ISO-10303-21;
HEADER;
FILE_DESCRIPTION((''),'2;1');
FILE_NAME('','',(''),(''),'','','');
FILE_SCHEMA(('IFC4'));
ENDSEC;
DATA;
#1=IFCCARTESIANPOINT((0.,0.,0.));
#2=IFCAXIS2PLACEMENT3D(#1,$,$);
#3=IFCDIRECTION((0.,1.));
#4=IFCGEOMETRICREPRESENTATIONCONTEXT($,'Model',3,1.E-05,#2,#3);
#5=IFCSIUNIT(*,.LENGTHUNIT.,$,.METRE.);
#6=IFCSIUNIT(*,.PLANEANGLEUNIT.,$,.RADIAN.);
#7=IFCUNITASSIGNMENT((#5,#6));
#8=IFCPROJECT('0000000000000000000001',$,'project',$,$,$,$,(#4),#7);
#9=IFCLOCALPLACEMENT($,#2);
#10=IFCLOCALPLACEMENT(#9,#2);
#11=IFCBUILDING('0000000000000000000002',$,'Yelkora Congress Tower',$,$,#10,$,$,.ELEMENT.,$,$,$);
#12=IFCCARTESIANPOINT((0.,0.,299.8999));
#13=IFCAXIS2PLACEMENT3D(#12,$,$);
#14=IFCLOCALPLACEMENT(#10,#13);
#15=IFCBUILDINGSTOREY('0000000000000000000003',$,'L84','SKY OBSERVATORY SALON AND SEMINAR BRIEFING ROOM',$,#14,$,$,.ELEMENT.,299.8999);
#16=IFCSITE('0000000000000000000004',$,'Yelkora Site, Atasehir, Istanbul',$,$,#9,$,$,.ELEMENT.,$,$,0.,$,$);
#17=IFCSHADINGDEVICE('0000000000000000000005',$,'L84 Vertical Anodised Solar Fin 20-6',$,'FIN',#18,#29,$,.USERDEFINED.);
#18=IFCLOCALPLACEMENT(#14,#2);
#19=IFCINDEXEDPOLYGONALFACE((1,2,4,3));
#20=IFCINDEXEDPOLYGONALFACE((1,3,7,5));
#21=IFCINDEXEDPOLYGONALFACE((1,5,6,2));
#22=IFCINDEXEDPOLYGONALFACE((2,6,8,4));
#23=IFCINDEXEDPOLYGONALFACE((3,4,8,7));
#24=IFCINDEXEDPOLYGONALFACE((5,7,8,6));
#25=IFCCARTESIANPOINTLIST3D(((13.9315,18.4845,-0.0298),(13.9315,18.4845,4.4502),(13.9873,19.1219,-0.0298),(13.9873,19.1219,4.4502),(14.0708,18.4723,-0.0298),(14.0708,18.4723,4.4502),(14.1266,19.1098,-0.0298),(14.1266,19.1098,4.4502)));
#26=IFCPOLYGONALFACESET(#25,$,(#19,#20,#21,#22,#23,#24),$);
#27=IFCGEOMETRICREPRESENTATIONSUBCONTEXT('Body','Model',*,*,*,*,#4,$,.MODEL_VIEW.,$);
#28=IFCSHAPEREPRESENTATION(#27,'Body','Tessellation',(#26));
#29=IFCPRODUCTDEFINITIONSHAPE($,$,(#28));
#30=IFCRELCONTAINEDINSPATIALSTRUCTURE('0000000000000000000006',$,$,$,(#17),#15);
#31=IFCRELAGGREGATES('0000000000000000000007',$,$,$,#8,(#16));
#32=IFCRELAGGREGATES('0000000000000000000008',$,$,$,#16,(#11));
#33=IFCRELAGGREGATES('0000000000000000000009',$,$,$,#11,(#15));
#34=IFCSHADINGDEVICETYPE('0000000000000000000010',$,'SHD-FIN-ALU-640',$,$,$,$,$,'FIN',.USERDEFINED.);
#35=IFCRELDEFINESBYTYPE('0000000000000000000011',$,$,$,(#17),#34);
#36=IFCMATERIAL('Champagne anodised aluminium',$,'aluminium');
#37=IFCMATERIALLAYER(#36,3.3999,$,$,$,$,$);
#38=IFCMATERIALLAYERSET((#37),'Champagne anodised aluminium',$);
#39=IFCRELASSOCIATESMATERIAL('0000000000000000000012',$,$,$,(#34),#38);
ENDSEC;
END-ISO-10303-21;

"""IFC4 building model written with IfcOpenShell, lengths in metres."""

from ifc_helpers import new_model, si_unit, direction, frame, origin, origin_2d, place, context, subcontext, project, spatial, rectangle, extrude, material, layer, layer_set, type_object, element, save


model = new_model("IFC4")

# Units and contexts
model_context = context("Model", 3, precision=1e-05, world=origin(), true_north=direction((0.0, 1.0)))
body_context = subcontext(model_context, "Body", "Model", "MODEL_VIEW")
ifc_project = project(units=[si_unit("LENGTHUNIT", "METRE"), si_unit("PLANEANGLEUNIT", "RADIAN")], contexts=[model_context])

# Site, building, storey
site_placement = place(None, origin())
site = spatial("IfcSite", under=ifc_project, at=site_placement, Name="Yelkora Site, Atasehir, Istanbul", CompositionType="ELEMENT", RefElevation=0.0)
building_placement = place(site_placement, origin())
building = spatial("IfcBuilding", under=site, at=building_placement, Name="Yelkora Congress Tower", CompositionType="ELEMENT")
storey_placement = place(building_placement, frame((0.0, 0.0, 299.8999)))
storey = spatial("IfcBuildingStorey", under=building, at=storey_placement, Name="L84", Description="SKY OBSERVATORY SALON AND SEMINAR BRIEFING ROOM", CompositionType="ELEMENT", Elevation=299.8999)

# Shading device
ifc_material_1 = material(Name="Champagne anodised aluminium", Category="aluminium")
ifc_layer_1 = layer(ifc_material_1, 3.3999)
ifc_layer_set_1 = layer_set([ifc_layer_1], Name="Champagne anodised aluminium")
shading_device_type = type_object("IfcShadingDeviceType", Name="SHD-FIN-ALU-640", ElementType="FIN", PredefinedType="USERDEFINED", material=ifc_layer_set_1)
shading_device_placement = place(storey_placement, frame((14.0291, 18.7971, -0.0298), z_axis=(0.0, 0.0, 1.0), x_axis=(-0.996195, 0.087156, 0.0)))
element("IfcShadingDevice", 1, at=shading_device_placement, inside=storey, type_object=shading_device_type, Name="L84 Vertical Anodised Solar Fin 20-6", ObjectType="FIN", PredefinedType="USERDEFINED", context=body_context, shape_type="SweptSolid", body=[
    extrude(rectangle(XDim=0.1399, YDim=0.6399, at=origin_2d()), origin(), (0.0, 0.0, 1.0), 4.48),
])

save(model, "model.ifc")
